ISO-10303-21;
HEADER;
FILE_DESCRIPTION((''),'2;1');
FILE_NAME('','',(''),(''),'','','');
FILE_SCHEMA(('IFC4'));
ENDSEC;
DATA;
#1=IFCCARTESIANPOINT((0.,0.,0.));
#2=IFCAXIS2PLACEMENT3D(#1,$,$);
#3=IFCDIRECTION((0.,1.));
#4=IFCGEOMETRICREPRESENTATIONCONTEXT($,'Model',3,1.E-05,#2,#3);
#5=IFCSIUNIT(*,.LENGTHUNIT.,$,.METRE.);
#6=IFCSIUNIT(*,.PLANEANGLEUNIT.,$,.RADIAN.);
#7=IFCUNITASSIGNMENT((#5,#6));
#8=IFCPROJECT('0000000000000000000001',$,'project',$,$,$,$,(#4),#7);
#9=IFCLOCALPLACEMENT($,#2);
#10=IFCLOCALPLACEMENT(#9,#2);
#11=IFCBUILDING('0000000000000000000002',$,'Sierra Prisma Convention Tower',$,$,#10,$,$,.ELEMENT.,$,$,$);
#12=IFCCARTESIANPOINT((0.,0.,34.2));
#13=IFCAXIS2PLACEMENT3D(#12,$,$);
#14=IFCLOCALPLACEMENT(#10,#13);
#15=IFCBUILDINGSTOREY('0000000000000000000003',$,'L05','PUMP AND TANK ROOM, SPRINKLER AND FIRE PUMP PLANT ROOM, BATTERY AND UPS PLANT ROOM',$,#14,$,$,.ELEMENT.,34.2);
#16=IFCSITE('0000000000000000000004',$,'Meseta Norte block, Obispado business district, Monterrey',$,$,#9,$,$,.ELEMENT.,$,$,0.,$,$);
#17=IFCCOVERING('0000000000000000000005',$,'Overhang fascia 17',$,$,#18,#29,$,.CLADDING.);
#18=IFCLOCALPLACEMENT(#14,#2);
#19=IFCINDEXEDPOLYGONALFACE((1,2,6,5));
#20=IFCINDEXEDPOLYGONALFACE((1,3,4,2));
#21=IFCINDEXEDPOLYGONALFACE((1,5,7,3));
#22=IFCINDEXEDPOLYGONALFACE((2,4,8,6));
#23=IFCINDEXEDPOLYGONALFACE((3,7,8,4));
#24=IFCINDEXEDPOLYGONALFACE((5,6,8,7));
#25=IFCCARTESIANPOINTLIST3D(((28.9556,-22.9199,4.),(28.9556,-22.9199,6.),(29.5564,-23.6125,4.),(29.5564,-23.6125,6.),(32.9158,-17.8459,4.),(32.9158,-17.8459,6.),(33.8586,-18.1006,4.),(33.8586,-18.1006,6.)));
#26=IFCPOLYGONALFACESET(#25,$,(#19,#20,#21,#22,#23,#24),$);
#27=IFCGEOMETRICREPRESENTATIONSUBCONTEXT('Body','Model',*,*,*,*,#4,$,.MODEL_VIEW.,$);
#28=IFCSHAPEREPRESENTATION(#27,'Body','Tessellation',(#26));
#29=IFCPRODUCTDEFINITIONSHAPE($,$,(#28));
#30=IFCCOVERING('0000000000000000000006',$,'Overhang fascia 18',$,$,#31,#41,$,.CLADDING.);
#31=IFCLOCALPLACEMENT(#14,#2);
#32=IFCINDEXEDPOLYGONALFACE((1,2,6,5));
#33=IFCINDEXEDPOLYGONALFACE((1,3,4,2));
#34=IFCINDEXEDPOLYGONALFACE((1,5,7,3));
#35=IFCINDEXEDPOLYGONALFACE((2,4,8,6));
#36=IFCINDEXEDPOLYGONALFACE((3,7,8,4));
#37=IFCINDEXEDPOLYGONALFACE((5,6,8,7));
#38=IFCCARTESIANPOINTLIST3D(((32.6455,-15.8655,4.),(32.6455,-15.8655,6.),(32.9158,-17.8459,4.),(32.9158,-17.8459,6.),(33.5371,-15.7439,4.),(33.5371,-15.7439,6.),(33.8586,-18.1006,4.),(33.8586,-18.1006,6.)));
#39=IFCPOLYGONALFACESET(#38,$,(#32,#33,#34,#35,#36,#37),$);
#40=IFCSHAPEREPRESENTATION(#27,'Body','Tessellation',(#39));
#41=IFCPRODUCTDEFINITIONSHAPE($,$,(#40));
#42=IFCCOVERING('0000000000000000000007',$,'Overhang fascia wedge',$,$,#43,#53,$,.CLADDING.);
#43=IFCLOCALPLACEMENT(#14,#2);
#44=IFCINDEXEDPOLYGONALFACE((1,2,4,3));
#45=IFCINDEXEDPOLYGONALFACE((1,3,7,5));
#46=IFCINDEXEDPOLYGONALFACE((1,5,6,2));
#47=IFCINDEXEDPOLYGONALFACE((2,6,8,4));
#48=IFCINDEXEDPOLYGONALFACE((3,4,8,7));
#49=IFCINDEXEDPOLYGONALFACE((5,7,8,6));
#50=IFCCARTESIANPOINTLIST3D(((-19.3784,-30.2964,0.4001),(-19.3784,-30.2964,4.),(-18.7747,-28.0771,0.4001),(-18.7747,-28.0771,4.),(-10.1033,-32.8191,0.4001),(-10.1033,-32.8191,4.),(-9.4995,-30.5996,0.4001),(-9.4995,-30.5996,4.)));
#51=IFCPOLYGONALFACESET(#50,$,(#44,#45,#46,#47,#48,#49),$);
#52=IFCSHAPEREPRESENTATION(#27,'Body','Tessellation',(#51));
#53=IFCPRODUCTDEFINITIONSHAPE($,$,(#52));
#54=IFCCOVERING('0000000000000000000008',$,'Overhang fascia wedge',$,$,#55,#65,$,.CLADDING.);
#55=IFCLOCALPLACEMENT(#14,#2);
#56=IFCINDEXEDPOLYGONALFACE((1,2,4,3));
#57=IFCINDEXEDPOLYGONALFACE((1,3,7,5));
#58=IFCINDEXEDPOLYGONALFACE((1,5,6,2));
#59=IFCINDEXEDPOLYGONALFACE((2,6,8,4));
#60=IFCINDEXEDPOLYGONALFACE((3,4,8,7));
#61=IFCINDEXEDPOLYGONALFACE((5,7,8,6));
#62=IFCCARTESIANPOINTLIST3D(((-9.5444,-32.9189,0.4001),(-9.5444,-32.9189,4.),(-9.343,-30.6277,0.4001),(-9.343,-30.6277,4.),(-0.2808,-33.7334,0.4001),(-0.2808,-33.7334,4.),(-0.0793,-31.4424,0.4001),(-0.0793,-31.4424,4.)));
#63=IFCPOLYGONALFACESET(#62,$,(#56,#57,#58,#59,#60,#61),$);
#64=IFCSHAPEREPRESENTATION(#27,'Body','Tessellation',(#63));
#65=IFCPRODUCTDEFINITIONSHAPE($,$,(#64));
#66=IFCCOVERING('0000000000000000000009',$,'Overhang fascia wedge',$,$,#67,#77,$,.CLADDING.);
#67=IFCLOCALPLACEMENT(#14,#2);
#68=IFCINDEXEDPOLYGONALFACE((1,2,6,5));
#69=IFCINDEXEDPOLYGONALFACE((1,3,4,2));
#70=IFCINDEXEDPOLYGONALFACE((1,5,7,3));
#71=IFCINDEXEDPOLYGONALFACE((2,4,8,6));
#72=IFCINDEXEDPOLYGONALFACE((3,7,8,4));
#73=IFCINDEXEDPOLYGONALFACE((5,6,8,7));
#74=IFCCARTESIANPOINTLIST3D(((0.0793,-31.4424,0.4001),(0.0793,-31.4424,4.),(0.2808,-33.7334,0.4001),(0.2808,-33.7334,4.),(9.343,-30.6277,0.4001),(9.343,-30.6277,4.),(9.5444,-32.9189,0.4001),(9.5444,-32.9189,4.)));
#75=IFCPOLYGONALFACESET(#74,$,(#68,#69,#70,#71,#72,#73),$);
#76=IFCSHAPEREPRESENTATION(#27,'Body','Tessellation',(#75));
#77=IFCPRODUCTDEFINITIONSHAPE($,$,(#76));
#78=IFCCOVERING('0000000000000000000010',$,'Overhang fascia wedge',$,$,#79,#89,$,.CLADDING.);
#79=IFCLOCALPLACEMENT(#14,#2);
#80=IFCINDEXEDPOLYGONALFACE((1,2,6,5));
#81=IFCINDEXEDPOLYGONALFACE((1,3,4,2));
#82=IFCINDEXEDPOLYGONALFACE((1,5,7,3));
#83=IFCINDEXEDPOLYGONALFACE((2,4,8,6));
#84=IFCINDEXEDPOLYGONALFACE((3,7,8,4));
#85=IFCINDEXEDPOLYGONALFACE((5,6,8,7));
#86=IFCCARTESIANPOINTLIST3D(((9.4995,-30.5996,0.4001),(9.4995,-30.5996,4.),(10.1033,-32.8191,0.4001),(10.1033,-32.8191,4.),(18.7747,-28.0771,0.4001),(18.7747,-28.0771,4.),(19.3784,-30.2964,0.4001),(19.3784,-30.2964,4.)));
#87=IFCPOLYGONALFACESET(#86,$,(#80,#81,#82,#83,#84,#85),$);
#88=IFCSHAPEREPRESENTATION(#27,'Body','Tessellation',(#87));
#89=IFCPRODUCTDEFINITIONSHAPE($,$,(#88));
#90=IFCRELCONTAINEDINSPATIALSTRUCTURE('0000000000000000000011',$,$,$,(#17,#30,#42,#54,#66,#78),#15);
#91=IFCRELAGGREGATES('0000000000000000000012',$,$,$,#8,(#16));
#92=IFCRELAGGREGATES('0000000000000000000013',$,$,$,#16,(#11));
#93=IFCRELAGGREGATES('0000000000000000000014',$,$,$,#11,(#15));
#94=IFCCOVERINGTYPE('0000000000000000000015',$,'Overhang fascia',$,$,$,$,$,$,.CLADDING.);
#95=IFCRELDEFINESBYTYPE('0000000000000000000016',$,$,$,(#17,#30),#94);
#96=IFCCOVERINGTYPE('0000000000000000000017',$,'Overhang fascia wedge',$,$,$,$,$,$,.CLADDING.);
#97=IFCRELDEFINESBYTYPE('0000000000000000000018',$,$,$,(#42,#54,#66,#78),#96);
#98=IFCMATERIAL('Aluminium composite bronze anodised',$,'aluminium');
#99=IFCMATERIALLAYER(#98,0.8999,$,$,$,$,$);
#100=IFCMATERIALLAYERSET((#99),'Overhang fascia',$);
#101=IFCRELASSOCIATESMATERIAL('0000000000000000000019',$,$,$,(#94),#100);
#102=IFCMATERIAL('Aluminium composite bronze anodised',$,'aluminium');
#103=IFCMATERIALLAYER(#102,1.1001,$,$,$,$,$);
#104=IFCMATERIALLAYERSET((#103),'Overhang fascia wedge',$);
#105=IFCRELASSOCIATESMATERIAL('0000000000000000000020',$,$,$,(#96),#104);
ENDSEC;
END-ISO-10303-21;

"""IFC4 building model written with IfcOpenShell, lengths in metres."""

from ifc_helpers import new_model, si_unit, direction, frame, origin, place, context, subcontext, project, spatial, polyline, outline, extrude, material, layer, layer_set, type_object, element, save


model = new_model("IFC4")

# Units and contexts
model_context = context("Model", 3, precision=1e-05, world=origin(), true_north=direction((0.0, 1.0)))
body_context = subcontext(model_context, "Body", "Model", "MODEL_VIEW")
ifc_project = project(units=[si_unit("LENGTHUNIT", "METRE"), si_unit("PLANEANGLEUNIT", "RADIAN")], contexts=[model_context])

# Site, building, storey
site_placement = place(None, origin())
site = spatial("IfcSite", under=ifc_project, at=site_placement, Name="Meseta Norte block, Obispado business district, Monterrey", CompositionType="ELEMENT", RefElevation=0.0)
building_placement = place(site_placement, origin())
building = spatial("IfcBuilding", under=site, at=building_placement, Name="Sierra Prisma Convention Tower", CompositionType="ELEMENT")
storey_placement = place(building_placement, frame((0.0, 0.0, 34.2)))
storey = spatial("IfcBuildingStorey", under=building, at=storey_placement, Name="L05", Description="PUMP AND TANK ROOM, SPRINKLER AND FIRE PUMP PLANT ROOM, BATTERY AND UPS PLANT ROOM", CompositionType="ELEMENT", Elevation=34.2)

# Coverings
ifc_material_1 = material(Name="Aluminium composite bronze anodised", Category="aluminium")
ifc_layer_1 = layer(ifc_material_1, 0.8999)
ifc_layer_set_1 = layer_set([ifc_layer_1], Name="Overhang fascia")
covering_type_1 = type_object("IfcCoveringType", Name="Overhang fascia", PredefinedType="CLADDING", material=ifc_layer_set_1)
covering_1_placement = place(storey_placement, frame((0.0, 0.0, 4.0)))
element("IfcCovering", 1, at=covering_1_placement, inside=storey, type_object=covering_type_1, Name="Overhang fascia 17", PredefinedType="CLADDING", context=body_context, shape_type="SweptSolid", body=[
    extrude(outline(polyline([(28.9556, -22.9199), (32.9158, -17.8459), (33.8586, -18.1006), (29.5564, -23.6125), (28.9556, -22.9199)])), origin(), (0.0, 0.0, 1.0), 2.0),
])
covering_2_placement = place(storey_placement, frame((0.0, 0.0, 4.0)))
element("IfcCovering", 2, at=covering_2_placement, inside=storey, type_object=covering_type_1, Name="Overhang fascia 18", PredefinedType="CLADDING", context=body_context, shape_type="SweptSolid", body=[
    extrude(outline(polyline([(32.9158, -17.8459), (32.6455, -15.8655), (33.5371, -15.7439), (33.8586, -18.1006), (32.9158, -17.8459)])), origin(), (0.0, 0.0, 1.0), 2.0),
])
ifc_material_2 = material(Name="Aluminium composite bronze anodised", Category="aluminium")
ifc_layer_2 = layer(ifc_material_2, 1.1001)
ifc_layer_set_2 = layer_set([ifc_layer_2], Name="Overhang fascia wedge")
covering_type_2 = type_object("IfcCoveringType", Name="Overhang fascia wedge", PredefinedType="CLADDING", material=ifc_layer_set_2)
covering_3_placement = place(storey_placement, frame((0.0, 0.0, 0.4001)))
element("IfcCovering", 3, at=covering_3_placement, inside=storey, type_object=covering_type_2, Name="Overhang fascia wedge", PredefinedType="CLADDING", context=body_context, shape_type="SweptSolid", body=[
    extrude(outline(polyline([(-18.7747, -28.0771), (-9.4995, -30.5996), (-10.1033, -32.8191), (-19.3784, -30.2964), (-18.7747, -28.0771)])), origin(), (0.0, 0.0, 1.0), 3.5999),
])
covering_4_placement = place(storey_placement, frame((0.0, 0.0, 0.4001)))
element("IfcCovering", 4, at=covering_4_placement, inside=storey, type_object=covering_type_2, Name="Overhang fascia wedge", PredefinedType="CLADDING", context=body_context, shape_type="SweptSolid", body=[
    extrude(outline(polyline([(-9.343, -30.6277), (-0.0793, -31.4424), (-0.2808, -33.7334), (-9.5444, -32.9189), (-9.343, -30.6277)])), origin(), (0.0, 0.0, 1.0), 3.5999),
])
covering_5_placement = place(storey_placement, frame((0.0, 0.0, 0.4001)))
element("IfcCovering", 5, at=covering_5_placement, inside=storey, type_object=covering_type_2, Name="Overhang fascia wedge", PredefinedType="CLADDING", context=body_context, shape_type="SweptSolid", body=[
    extrude(outline(polyline([(0.0793, -31.4424), (9.343, -30.6277), (9.5444, -32.9189), (0.2808, -33.7334), (0.0793, -31.4424)])), origin(), (0.0, 0.0, 1.0), 3.5999),
])
covering_6_placement = place(storey_placement, frame((0.0, 0.0, 0.4001)))
element("IfcCovering", 6, at=covering_6_placement, inside=storey, type_object=covering_type_2, Name="Overhang fascia wedge", PredefinedType="CLADDING", context=body_context, shape_type="SweptSolid", body=[
    extrude(outline(polyline([(9.4995, -30.5996), (18.7747, -28.0771), (19.3784, -30.2964), (10.1033, -32.8191), (9.4995, -30.5996)])), origin(), (0.0, 0.0, 1.0), 3.5999),
])

save(model, "model.ifc")
